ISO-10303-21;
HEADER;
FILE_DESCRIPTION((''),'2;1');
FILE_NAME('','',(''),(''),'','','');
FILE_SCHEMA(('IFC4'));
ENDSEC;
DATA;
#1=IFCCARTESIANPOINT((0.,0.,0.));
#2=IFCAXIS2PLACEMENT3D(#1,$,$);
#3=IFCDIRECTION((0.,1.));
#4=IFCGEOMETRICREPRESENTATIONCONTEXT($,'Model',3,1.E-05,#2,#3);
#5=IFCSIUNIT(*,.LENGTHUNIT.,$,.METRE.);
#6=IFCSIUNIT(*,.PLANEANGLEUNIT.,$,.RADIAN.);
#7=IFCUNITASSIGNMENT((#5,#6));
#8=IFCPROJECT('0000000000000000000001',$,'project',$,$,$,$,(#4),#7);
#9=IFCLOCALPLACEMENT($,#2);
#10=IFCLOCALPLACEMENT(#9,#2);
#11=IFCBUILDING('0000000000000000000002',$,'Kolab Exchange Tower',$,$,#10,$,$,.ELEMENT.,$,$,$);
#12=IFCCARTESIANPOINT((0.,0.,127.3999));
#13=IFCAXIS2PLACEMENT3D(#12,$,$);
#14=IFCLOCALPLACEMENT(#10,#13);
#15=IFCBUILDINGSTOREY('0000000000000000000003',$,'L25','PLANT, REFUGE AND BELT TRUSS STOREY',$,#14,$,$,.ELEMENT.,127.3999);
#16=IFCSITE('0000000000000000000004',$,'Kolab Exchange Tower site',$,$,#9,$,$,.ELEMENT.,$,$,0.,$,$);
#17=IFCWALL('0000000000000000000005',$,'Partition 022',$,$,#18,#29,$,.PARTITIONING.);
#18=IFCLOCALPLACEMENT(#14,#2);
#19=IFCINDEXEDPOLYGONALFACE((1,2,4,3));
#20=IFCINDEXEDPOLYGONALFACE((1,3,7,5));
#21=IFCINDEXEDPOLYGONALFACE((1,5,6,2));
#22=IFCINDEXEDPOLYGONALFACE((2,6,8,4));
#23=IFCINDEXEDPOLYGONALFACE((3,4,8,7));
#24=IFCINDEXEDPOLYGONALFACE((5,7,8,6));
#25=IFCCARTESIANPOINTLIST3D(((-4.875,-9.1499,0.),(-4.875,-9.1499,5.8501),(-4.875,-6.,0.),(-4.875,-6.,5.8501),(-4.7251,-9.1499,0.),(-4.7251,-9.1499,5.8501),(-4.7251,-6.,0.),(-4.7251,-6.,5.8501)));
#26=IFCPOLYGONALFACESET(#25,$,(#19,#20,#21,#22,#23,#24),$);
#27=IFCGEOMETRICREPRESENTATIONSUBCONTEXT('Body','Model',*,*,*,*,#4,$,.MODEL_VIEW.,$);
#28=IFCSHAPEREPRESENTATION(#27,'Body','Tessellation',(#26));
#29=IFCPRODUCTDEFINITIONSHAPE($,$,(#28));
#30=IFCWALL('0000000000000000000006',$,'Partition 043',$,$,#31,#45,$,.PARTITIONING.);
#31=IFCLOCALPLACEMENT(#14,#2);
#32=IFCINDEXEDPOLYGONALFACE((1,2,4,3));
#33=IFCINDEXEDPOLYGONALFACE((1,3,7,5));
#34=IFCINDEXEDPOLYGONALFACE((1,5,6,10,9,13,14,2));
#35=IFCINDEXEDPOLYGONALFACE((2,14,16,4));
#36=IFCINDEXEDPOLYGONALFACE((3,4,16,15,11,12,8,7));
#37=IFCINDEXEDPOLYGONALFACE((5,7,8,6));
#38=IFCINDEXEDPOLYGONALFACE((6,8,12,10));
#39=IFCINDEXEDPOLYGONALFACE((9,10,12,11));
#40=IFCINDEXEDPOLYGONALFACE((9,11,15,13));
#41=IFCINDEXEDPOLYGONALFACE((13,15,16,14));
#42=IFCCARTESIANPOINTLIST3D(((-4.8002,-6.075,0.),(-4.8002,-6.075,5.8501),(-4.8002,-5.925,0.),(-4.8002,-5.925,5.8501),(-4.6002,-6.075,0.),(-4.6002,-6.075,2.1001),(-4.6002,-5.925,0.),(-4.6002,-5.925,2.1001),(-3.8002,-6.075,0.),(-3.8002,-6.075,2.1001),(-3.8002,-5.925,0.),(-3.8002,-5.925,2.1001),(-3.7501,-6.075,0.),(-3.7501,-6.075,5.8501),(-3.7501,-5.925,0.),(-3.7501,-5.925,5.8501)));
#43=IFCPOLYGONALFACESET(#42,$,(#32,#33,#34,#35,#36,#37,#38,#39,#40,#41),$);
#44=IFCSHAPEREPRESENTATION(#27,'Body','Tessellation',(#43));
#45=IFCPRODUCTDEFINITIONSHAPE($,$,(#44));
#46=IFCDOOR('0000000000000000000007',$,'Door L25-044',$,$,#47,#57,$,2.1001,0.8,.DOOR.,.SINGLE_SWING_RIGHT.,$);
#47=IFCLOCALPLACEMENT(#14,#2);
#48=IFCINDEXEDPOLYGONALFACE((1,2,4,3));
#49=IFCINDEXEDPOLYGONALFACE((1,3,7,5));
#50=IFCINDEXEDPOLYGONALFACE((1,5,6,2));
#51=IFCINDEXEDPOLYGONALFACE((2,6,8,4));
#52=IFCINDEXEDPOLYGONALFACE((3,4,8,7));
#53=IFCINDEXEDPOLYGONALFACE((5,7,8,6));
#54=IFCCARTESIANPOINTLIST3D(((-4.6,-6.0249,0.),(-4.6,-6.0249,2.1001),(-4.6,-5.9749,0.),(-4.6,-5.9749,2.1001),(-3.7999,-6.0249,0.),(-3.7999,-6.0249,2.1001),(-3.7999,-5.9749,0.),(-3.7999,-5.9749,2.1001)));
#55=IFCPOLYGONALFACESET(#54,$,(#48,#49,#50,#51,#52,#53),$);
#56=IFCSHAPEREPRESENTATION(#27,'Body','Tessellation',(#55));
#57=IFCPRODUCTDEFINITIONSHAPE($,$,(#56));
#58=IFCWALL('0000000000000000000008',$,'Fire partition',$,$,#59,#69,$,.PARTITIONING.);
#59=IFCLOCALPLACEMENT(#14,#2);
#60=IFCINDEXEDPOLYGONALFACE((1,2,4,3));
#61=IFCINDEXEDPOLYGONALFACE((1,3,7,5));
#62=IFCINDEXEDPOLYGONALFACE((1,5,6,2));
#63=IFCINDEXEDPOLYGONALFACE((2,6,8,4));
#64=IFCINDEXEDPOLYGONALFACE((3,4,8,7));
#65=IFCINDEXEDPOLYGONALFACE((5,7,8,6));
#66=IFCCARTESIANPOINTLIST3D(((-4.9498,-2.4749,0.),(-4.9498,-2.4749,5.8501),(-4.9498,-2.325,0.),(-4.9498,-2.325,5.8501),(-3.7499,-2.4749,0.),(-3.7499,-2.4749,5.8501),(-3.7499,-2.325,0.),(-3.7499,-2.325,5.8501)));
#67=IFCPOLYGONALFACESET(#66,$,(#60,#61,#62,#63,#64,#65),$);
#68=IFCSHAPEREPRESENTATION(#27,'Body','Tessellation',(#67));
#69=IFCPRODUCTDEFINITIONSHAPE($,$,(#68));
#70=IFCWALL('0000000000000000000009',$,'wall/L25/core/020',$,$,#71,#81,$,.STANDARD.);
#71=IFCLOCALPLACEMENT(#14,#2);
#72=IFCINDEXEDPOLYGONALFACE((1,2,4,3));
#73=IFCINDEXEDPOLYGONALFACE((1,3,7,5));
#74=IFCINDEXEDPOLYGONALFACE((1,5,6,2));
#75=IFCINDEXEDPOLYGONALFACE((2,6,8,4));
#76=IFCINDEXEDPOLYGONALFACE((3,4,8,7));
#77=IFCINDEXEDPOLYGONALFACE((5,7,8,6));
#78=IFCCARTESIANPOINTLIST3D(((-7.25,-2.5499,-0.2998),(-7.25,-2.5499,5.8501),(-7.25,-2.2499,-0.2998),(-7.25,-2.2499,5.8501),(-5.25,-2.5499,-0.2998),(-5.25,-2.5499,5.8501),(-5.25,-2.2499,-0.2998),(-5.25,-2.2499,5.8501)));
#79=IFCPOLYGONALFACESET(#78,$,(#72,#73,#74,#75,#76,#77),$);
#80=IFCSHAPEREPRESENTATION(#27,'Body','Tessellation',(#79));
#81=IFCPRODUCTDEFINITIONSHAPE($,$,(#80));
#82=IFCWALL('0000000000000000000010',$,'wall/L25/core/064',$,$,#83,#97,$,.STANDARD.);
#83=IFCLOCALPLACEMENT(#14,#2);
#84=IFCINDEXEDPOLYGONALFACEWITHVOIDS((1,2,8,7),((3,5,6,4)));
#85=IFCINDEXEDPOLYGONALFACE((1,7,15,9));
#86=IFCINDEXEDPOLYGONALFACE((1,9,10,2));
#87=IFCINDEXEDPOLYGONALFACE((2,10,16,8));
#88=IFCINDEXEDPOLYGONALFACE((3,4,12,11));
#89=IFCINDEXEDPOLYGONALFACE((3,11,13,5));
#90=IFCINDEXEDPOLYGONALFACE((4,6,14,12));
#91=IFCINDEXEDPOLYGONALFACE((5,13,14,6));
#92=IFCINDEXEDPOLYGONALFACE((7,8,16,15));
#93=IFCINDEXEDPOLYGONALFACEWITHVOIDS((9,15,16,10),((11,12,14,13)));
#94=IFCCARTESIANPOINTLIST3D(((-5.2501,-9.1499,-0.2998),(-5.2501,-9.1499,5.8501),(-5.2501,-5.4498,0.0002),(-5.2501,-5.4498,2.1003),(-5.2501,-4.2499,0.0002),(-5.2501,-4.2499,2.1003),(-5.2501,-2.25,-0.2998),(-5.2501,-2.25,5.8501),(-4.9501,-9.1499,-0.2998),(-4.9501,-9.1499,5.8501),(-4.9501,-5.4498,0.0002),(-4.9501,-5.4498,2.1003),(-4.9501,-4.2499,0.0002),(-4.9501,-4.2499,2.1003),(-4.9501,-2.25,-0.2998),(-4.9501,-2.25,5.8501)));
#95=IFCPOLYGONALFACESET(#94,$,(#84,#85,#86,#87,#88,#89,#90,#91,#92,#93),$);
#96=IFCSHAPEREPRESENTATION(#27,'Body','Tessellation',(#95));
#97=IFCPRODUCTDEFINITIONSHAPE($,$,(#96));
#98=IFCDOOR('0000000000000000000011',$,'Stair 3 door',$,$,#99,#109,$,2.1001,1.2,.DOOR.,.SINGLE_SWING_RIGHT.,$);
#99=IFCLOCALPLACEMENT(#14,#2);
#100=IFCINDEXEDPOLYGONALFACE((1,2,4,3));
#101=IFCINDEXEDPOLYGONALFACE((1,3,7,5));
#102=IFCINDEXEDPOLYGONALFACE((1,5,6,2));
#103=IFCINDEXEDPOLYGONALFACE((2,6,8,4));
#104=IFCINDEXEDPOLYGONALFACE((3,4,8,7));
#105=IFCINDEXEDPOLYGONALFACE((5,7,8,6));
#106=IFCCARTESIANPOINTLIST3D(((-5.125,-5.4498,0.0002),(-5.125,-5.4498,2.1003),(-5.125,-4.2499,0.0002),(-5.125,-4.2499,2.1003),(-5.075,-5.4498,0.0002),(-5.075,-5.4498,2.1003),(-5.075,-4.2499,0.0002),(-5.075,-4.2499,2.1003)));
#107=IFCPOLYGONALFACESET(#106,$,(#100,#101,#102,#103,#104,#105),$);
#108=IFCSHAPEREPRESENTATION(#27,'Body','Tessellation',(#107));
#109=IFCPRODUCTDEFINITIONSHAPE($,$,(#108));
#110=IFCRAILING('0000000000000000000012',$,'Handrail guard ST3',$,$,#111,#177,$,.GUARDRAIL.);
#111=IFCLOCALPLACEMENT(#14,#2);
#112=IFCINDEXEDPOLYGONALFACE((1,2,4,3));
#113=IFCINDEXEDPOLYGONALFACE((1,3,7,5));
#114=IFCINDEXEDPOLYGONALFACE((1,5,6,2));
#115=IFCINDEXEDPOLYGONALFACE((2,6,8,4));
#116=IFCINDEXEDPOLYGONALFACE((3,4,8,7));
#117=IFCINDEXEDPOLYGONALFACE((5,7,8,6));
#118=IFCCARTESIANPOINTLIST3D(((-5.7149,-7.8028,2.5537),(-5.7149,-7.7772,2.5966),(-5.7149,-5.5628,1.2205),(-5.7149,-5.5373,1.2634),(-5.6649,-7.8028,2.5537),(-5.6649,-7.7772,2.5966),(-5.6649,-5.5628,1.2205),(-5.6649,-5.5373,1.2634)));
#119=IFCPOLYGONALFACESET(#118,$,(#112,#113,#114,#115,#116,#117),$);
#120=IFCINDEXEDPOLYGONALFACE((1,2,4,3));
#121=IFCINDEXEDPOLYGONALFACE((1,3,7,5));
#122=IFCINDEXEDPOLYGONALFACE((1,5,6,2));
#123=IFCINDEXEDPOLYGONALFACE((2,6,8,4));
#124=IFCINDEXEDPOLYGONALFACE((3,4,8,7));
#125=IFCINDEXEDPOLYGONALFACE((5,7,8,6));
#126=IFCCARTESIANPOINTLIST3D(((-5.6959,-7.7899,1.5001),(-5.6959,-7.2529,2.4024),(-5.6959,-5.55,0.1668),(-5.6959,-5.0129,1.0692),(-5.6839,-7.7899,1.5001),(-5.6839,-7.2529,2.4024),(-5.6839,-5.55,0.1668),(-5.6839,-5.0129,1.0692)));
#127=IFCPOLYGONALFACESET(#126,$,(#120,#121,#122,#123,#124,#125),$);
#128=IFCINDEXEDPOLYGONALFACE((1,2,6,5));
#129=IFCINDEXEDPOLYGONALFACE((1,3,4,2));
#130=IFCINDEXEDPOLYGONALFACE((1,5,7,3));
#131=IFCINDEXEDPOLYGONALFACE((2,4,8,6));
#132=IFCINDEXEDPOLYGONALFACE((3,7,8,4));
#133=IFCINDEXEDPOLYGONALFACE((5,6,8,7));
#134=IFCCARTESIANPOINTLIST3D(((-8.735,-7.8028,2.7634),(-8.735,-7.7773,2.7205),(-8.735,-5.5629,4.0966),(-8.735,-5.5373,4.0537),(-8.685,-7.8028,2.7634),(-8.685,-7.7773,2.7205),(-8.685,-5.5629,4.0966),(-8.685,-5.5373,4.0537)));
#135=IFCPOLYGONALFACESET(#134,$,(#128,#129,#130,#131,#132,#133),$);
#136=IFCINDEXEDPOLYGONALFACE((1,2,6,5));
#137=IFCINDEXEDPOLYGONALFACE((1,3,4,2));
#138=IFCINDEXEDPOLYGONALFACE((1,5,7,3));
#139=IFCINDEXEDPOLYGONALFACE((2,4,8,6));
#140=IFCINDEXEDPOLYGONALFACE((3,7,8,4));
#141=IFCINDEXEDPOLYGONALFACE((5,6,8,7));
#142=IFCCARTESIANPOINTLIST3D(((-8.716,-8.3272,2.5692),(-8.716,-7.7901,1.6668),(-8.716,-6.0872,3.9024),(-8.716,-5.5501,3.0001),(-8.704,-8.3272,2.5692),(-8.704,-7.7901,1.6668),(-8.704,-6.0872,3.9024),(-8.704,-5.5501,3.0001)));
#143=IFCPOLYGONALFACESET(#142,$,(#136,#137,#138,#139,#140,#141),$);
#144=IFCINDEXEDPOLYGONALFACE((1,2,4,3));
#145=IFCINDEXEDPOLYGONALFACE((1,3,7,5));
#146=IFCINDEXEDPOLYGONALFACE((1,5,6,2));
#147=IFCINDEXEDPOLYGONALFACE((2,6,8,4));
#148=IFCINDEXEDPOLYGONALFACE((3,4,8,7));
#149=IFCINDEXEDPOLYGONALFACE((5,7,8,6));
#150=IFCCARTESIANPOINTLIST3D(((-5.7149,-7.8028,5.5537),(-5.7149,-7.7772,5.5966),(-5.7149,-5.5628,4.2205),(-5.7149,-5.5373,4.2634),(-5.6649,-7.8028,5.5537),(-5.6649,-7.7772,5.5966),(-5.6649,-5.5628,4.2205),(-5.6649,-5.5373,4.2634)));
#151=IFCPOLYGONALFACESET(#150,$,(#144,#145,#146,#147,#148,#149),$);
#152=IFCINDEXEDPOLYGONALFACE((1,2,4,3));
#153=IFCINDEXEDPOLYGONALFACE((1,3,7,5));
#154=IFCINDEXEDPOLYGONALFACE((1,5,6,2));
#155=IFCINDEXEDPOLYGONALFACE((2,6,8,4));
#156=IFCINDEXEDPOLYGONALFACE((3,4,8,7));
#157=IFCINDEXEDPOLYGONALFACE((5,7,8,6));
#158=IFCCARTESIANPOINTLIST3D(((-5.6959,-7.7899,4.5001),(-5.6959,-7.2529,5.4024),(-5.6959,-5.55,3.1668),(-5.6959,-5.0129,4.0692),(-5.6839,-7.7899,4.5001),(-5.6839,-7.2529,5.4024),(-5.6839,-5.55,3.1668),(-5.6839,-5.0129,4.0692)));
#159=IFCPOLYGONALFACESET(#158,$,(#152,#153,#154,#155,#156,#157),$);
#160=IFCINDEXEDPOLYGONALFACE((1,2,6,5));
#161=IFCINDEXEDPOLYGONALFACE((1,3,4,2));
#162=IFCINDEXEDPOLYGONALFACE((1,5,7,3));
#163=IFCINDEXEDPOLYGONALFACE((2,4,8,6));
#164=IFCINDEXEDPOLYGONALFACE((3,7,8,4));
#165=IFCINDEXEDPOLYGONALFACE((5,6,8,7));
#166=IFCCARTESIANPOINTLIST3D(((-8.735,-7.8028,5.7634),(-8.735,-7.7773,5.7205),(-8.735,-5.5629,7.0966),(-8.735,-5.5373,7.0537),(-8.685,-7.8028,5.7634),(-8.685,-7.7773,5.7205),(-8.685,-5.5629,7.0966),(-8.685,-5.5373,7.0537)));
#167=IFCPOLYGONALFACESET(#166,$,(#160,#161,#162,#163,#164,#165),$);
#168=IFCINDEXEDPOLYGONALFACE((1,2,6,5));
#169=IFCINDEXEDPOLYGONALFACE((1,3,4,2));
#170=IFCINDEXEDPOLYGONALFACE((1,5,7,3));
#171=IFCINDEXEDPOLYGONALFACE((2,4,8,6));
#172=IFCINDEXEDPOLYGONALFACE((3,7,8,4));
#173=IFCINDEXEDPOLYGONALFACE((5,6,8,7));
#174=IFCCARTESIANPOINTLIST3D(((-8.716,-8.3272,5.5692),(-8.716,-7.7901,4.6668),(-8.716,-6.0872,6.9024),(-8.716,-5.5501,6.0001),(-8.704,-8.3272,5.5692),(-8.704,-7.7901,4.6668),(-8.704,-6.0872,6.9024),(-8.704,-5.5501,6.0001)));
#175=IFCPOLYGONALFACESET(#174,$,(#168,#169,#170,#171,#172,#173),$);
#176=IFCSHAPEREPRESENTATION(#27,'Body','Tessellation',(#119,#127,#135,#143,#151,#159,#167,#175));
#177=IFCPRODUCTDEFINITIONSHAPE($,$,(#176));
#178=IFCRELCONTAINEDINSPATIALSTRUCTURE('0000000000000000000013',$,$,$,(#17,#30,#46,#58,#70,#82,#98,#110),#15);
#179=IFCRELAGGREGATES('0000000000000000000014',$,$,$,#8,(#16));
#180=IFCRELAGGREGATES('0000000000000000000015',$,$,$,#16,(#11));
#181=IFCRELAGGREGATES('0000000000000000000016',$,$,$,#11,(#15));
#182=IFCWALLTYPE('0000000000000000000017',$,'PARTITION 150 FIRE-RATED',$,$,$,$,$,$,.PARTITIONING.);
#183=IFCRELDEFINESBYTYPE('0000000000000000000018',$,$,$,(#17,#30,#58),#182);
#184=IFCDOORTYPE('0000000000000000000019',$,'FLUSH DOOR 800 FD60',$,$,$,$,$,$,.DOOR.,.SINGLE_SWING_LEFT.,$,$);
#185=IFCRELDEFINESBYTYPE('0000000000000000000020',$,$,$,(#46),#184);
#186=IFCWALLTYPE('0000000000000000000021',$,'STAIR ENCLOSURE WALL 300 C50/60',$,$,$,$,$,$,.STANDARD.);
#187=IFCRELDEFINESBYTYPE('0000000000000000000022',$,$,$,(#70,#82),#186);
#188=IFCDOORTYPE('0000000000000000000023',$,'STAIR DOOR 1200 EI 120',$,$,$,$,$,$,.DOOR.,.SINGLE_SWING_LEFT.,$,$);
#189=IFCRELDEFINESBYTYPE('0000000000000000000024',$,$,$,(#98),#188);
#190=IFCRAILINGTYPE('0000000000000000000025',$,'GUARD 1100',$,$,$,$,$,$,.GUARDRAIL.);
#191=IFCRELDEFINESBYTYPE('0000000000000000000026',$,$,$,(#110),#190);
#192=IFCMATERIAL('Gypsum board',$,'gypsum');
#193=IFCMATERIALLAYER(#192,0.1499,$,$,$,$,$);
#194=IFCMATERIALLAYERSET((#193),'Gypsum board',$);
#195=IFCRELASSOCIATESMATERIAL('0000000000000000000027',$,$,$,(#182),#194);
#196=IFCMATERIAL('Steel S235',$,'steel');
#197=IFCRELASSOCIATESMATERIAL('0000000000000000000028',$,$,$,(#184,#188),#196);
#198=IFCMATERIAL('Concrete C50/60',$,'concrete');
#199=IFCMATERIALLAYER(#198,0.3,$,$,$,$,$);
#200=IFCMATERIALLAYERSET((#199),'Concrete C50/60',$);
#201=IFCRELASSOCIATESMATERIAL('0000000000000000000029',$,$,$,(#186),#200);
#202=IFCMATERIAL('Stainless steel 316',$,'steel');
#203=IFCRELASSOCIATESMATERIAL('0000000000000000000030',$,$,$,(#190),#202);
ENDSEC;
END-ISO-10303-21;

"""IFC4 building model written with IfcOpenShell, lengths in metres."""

from ifc_helpers import new_model, si_unit, direction, frame, frame_2d, origin, origin_2d, place, context, subcontext, project, spatial, rectangle, extrude, material, layer, layer_set, type_object, element, fill, save


model = new_model("IFC4")

# Units and contexts
model_context = context("Model", 3, precision=1e-05, world=origin(), true_north=direction((0.0, 1.0)))
body_context = subcontext(model_context, "Body", "Model", "MODEL_VIEW")
ifc_project = project(units=[si_unit("LENGTHUNIT", "METRE"), si_unit("PLANEANGLEUNIT", "RADIAN")], contexts=[model_context])

# Site, building, storey
site_placement = place(None, origin())
site = spatial("IfcSite", under=ifc_project, at=site_placement, Name="Kolab Exchange Tower site", CompositionType="ELEMENT", RefElevation=0.0)
building_placement = place(site_placement, origin())
building = spatial("IfcBuilding", under=site, at=building_placement, Name="Kolab Exchange Tower", CompositionType="ELEMENT")
storey_placement = place(building_placement, frame((0.0, 0.0, 127.3999)))
storey = spatial("IfcBuildingStorey", under=building, at=storey_placement, Name="L25", Description="PLANT, REFUGE AND BELT TRUSS STOREY", CompositionType="ELEMENT", Elevation=127.3999)

# Shared definitions
ifc_material_1 = material(Name="Concrete C50/60", Category="concrete")
ifc_material_2 = material(Name="Steel S235", Category="steel")

# Wall
ifc_material_3 = material(Name="Gypsum board", Category="gypsum")
ifc_layer_1 = layer(ifc_material_3, 0.1499)
ifc_layer_set_1 = layer_set([ifc_layer_1], Name="Gypsum board")
wall_type_1 = type_object("IfcWallType", Name="PARTITION 150 FIRE-RATED", PredefinedType="PARTITIONING", material=ifc_layer_set_1)
wall_1_placement = place(storey_placement, frame((-4.8, -9.1499, 0.0), z_axis=(0.0, 0.0, 1.0), x_axis=(0.0, 1.0, 0.0)))
element("IfcWall", 1, at=wall_1_placement, inside=storey, type_object=wall_type_1, Name="Partition 022", PredefinedType="PARTITIONING", context=body_context, shape_type="SweptSolid", body=[
    extrude(rectangle(XDim=3.1499, YDim=0.1499, at=frame_2d((1.575, 0.0))), origin(), (0.0, 0.0, 1.0), 5.8501),
])

# Wall, opening, door
wall_2_placement = place(storey_placement, frame((-4.8, -6.0, 0.0), z_axis=(0.0, 0.0, 1.0), x_axis=(1.0, 0.0, 0.0)))
wall_2 = element("IfcWall", 2, at=wall_2_placement, inside=storey, type_object=wall_type_1, Name="Partition 043", PredefinedType="PARTITIONING", context=body_context, shape_type="SweptSolid", body=[
    extrude(rectangle(XDim=1.05, YDim=0.1499, at=frame_2d((0.5249, 0.0))), origin(), (0.0, 0.0, 1.0), 5.8501),
])
opening_1_placement = place(wall_2_placement, frame((0.2, 0.0, 0.0)))
opening_1 = element("IfcOpeningElement", 3, at=opening_1_placement, cuts=wall_2, PredefinedType="OPENING", context=body_context, shape_type="SweptSolid", body=[
    extrude(rectangle(XDim=0.8, YDim=2.1001, at=frame_2d((0.3999, 1.05))), frame((0.0, 0.085, 0.0), z_axis=(0.0, -1.0, 0.0), x_axis=(1.0, 0.0, 0.0)), (0.0, 0.0, 1.0), 0.1699),
])
door_type_1 = type_object("IfcDoorType", Name="FLUSH DOOR 800 FD60", OperationType="SINGLE_SWING_LEFT", PredefinedType="DOOR", material=ifc_material_2)
door_1_placement = place(opening_1_placement, frame((0.8, 0.0, 0.0), z_axis=(0.0, 0.0, 1.0), x_axis=(-1.0, 0.0, 0.0)))
door_1 = element("IfcDoor", 4, at=door_1_placement, inside=storey, type_object=door_type_1, Name="Door L25-044", OperationType="SINGLE_SWING_RIGHT", OverallHeight=2.1001, OverallWidth=0.8, PredefinedType="DOOR", context=body_context, shape_type="SweptSolid", body=[
    extrude(rectangle(XDim=0.8, YDim=2.1001, at=frame_2d((0.3999, 1.05))), frame((0.0, 0.0249, 0.0), z_axis=(0.0, -1.0, 0.0), x_axis=(1.0, 0.0, 0.0)), (0.0, 0.0, 1.0), 0.05),
])
fill(opening_1, door_1)

# Walls
wall_3_placement = place(storey_placement, frame((-4.95, -2.3999, 0.0), z_axis=(0.0, 0.0, 1.0), x_axis=(1.0, 0.0, 0.0)))
element("IfcWall", 5, at=wall_3_placement, inside=storey, type_object=wall_type_1, Name="Fire partition", PredefinedType="PARTITIONING", context=body_context, shape_type="SweptSolid", body=[
    extrude(rectangle(XDim=1.2, YDim=0.1499, at=frame_2d((0.6001, 0.0))), origin(), (0.0, 0.0, 1.0), 5.8501),
])
ifc_layer_2 = layer(ifc_material_1, 0.3)
ifc_layer_set_2 = layer_set([ifc_layer_2], Name="Concrete C50/60")
wall_type_2 = type_object("IfcWallType", Name="STAIR ENCLOSURE WALL 300 C50/60", PredefinedType="STANDARD", material=ifc_layer_set_2)
wall_4_placement = place(storey_placement, frame((-7.25, -2.3999, -0.2998), z_axis=(0.0, 0.0, 1.0), x_axis=(1.0, 0.0, 0.0)))
element("IfcWall", 6, at=wall_4_placement, inside=storey, type_object=wall_type_2, Name="wall/L25/core/020", PredefinedType="STANDARD", context=body_context, shape_type="SweptSolid", body=[
    extrude(rectangle(XDim=2.0, YDim=0.3, at=frame_2d((1.0, 0.0))), origin(), (0.0, 0.0, 1.0), 6.1499),
])

# Wall, opening, door
wall_5_placement = place(storey_placement, frame((-5.1001, -9.1499, -0.2998), z_axis=(0.0, 0.0, 1.0), x_axis=(0.0, 1.0, 0.0)))
wall_5 = element("IfcWall", 7, at=wall_5_placement, inside=storey, type_object=wall_type_2, Name="wall/L25/core/064", PredefinedType="STANDARD", context=body_context, shape_type="SweptSolid", body=[
    extrude(rectangle(XDim=6.8999, YDim=0.3, at=frame_2d((3.45, 0.0))), origin(), (0.0, 0.0, 1.0), 6.1499),
])
opening_2_placement = place(wall_5_placement, frame((3.7, 0.0, 0.3)))
opening_2 = element("IfcOpeningElement", 8, at=opening_2_placement, cuts=wall_5, PredefinedType="OPENING", context=body_context, shape_type="SweptSolid", body=[
    extrude(rectangle(XDim=1.2, YDim=2.1001, at=frame_2d((0.6001, 1.05))), frame((0.0, 0.1602, 0.0), z_axis=(0.0, -1.0, 0.0), x_axis=(1.0, 0.0, 0.0)), (0.0, 0.0, 1.0), 0.3201),
])
door_type_2 = type_object("IfcDoorType", Name="STAIR DOOR 1200 EI 120", OperationType="SINGLE_SWING_LEFT", PredefinedType="DOOR", material=ifc_material_2)
door_2_placement = place(opening_2_placement, origin())
door_2 = element("IfcDoor", 9, at=door_2_placement, inside=storey, type_object=door_type_2, Name="Stair 3 door", OperationType="SINGLE_SWING_RIGHT", OverallHeight=2.1001, OverallWidth=1.2, PredefinedType="DOOR", context=body_context, shape_type="SweptSolid", body=[
    extrude(rectangle(XDim=1.2, YDim=2.1001, at=frame_2d((0.6001, 1.05))), frame((0.0, 0.0249, 0.0), z_axis=(0.0, -1.0, 0.0), x_axis=(1.0, 0.0, 0.0)), (0.0, 0.0, 1.0), 0.05),
])
fill(opening_2, door_2)

# Railing
ifc_material_4 = material(Name="Stainless steel 316", Category="steel")
railing_type = type_object("IfcRailingType", Name="GUARD 1100", PredefinedType="GUARDRAIL", material=ifc_material_4)
railing_placement = place(storey_placement, frame((-5.6899, -5.55, 0.1667)))
element("IfcRailing", 10, at=railing_placement, inside=storey, type_object=railing_type, Name="Handrail guard ST3", PredefinedType="GUARDRAIL", context=body_context, shape_type="SweptSolid", body=[
    extrude(rectangle(XDim=0.05, YDim=0.05, at=origin_2d()), frame((0.0, 0.0, 1.0752), z_axis=(0.0, -0.859306, 0.511462), x_axis=(1.0, 0.0, 0.0)), (0.0, 0.0, 1.0), 2.6067),
    extrude(rectangle(XDim=0.012, YDim=1.0501, at=frame_2d((0.0, 0.5251))), frame((0.0, 0.0, 0.0), z_axis=(0.0, -0.859306, 0.511462), x_axis=(1.0, 0.0, 0.0)), (0.0, 0.0, 1.0), 2.6067),
    extrude(rectangle(XDim=0.05, YDim=0.05, at=origin_2d()), frame((-3.02, -2.24, 2.5752), z_axis=(0.0, 0.859306, 0.511462), x_axis=(-1.0, 0.0, 0.0)), (0.0, 0.0, 1.0), 2.6067),
    extrude(rectangle(XDim=0.012, YDim=1.0501, at=frame_2d((0.0, 0.5251))), frame((-3.02, -2.24, 1.5), z_axis=(0.0, 0.859306, 0.511462), x_axis=(-1.0, 0.0, 0.0)), (0.0, 0.0, 1.0), 2.6067),
    extrude(rectangle(XDim=0.05, YDim=0.05, at=origin_2d()), frame((0.0, 0.0, 4.0752), z_axis=(0.0, -0.859306, 0.511462), x_axis=(1.0, 0.0, 0.0)), (0.0, 0.0, 1.0), 2.6067),
    extrude(rectangle(XDim=0.012, YDim=1.0501, at=frame_2d((0.0, 0.5251))), frame((0.0, 0.0, 3.0), z_axis=(0.0, -0.859306, 0.511462), x_axis=(1.0, 0.0, 0.0)), (0.0, 0.0, 1.0), 2.6067),
    extrude(rectangle(XDim=0.05, YDim=0.05, at=origin_2d()), frame((-3.02, -2.24, 5.5752), z_axis=(0.0, 0.859306, 0.511462), x_axis=(-1.0, 0.0, 0.0)), (0.0, 0.0, 1.0), 2.6067),
    extrude(rectangle(XDim=0.012, YDim=1.0501, at=frame_2d((0.0, 0.5251))), frame((-3.02, -2.24, 4.5), z_axis=(0.0, 0.859306, 0.511462), x_axis=(-1.0, 0.0, 0.0)), (0.0, 0.0, 1.0), 2.6067),
])

save(model, "model.ifc")
